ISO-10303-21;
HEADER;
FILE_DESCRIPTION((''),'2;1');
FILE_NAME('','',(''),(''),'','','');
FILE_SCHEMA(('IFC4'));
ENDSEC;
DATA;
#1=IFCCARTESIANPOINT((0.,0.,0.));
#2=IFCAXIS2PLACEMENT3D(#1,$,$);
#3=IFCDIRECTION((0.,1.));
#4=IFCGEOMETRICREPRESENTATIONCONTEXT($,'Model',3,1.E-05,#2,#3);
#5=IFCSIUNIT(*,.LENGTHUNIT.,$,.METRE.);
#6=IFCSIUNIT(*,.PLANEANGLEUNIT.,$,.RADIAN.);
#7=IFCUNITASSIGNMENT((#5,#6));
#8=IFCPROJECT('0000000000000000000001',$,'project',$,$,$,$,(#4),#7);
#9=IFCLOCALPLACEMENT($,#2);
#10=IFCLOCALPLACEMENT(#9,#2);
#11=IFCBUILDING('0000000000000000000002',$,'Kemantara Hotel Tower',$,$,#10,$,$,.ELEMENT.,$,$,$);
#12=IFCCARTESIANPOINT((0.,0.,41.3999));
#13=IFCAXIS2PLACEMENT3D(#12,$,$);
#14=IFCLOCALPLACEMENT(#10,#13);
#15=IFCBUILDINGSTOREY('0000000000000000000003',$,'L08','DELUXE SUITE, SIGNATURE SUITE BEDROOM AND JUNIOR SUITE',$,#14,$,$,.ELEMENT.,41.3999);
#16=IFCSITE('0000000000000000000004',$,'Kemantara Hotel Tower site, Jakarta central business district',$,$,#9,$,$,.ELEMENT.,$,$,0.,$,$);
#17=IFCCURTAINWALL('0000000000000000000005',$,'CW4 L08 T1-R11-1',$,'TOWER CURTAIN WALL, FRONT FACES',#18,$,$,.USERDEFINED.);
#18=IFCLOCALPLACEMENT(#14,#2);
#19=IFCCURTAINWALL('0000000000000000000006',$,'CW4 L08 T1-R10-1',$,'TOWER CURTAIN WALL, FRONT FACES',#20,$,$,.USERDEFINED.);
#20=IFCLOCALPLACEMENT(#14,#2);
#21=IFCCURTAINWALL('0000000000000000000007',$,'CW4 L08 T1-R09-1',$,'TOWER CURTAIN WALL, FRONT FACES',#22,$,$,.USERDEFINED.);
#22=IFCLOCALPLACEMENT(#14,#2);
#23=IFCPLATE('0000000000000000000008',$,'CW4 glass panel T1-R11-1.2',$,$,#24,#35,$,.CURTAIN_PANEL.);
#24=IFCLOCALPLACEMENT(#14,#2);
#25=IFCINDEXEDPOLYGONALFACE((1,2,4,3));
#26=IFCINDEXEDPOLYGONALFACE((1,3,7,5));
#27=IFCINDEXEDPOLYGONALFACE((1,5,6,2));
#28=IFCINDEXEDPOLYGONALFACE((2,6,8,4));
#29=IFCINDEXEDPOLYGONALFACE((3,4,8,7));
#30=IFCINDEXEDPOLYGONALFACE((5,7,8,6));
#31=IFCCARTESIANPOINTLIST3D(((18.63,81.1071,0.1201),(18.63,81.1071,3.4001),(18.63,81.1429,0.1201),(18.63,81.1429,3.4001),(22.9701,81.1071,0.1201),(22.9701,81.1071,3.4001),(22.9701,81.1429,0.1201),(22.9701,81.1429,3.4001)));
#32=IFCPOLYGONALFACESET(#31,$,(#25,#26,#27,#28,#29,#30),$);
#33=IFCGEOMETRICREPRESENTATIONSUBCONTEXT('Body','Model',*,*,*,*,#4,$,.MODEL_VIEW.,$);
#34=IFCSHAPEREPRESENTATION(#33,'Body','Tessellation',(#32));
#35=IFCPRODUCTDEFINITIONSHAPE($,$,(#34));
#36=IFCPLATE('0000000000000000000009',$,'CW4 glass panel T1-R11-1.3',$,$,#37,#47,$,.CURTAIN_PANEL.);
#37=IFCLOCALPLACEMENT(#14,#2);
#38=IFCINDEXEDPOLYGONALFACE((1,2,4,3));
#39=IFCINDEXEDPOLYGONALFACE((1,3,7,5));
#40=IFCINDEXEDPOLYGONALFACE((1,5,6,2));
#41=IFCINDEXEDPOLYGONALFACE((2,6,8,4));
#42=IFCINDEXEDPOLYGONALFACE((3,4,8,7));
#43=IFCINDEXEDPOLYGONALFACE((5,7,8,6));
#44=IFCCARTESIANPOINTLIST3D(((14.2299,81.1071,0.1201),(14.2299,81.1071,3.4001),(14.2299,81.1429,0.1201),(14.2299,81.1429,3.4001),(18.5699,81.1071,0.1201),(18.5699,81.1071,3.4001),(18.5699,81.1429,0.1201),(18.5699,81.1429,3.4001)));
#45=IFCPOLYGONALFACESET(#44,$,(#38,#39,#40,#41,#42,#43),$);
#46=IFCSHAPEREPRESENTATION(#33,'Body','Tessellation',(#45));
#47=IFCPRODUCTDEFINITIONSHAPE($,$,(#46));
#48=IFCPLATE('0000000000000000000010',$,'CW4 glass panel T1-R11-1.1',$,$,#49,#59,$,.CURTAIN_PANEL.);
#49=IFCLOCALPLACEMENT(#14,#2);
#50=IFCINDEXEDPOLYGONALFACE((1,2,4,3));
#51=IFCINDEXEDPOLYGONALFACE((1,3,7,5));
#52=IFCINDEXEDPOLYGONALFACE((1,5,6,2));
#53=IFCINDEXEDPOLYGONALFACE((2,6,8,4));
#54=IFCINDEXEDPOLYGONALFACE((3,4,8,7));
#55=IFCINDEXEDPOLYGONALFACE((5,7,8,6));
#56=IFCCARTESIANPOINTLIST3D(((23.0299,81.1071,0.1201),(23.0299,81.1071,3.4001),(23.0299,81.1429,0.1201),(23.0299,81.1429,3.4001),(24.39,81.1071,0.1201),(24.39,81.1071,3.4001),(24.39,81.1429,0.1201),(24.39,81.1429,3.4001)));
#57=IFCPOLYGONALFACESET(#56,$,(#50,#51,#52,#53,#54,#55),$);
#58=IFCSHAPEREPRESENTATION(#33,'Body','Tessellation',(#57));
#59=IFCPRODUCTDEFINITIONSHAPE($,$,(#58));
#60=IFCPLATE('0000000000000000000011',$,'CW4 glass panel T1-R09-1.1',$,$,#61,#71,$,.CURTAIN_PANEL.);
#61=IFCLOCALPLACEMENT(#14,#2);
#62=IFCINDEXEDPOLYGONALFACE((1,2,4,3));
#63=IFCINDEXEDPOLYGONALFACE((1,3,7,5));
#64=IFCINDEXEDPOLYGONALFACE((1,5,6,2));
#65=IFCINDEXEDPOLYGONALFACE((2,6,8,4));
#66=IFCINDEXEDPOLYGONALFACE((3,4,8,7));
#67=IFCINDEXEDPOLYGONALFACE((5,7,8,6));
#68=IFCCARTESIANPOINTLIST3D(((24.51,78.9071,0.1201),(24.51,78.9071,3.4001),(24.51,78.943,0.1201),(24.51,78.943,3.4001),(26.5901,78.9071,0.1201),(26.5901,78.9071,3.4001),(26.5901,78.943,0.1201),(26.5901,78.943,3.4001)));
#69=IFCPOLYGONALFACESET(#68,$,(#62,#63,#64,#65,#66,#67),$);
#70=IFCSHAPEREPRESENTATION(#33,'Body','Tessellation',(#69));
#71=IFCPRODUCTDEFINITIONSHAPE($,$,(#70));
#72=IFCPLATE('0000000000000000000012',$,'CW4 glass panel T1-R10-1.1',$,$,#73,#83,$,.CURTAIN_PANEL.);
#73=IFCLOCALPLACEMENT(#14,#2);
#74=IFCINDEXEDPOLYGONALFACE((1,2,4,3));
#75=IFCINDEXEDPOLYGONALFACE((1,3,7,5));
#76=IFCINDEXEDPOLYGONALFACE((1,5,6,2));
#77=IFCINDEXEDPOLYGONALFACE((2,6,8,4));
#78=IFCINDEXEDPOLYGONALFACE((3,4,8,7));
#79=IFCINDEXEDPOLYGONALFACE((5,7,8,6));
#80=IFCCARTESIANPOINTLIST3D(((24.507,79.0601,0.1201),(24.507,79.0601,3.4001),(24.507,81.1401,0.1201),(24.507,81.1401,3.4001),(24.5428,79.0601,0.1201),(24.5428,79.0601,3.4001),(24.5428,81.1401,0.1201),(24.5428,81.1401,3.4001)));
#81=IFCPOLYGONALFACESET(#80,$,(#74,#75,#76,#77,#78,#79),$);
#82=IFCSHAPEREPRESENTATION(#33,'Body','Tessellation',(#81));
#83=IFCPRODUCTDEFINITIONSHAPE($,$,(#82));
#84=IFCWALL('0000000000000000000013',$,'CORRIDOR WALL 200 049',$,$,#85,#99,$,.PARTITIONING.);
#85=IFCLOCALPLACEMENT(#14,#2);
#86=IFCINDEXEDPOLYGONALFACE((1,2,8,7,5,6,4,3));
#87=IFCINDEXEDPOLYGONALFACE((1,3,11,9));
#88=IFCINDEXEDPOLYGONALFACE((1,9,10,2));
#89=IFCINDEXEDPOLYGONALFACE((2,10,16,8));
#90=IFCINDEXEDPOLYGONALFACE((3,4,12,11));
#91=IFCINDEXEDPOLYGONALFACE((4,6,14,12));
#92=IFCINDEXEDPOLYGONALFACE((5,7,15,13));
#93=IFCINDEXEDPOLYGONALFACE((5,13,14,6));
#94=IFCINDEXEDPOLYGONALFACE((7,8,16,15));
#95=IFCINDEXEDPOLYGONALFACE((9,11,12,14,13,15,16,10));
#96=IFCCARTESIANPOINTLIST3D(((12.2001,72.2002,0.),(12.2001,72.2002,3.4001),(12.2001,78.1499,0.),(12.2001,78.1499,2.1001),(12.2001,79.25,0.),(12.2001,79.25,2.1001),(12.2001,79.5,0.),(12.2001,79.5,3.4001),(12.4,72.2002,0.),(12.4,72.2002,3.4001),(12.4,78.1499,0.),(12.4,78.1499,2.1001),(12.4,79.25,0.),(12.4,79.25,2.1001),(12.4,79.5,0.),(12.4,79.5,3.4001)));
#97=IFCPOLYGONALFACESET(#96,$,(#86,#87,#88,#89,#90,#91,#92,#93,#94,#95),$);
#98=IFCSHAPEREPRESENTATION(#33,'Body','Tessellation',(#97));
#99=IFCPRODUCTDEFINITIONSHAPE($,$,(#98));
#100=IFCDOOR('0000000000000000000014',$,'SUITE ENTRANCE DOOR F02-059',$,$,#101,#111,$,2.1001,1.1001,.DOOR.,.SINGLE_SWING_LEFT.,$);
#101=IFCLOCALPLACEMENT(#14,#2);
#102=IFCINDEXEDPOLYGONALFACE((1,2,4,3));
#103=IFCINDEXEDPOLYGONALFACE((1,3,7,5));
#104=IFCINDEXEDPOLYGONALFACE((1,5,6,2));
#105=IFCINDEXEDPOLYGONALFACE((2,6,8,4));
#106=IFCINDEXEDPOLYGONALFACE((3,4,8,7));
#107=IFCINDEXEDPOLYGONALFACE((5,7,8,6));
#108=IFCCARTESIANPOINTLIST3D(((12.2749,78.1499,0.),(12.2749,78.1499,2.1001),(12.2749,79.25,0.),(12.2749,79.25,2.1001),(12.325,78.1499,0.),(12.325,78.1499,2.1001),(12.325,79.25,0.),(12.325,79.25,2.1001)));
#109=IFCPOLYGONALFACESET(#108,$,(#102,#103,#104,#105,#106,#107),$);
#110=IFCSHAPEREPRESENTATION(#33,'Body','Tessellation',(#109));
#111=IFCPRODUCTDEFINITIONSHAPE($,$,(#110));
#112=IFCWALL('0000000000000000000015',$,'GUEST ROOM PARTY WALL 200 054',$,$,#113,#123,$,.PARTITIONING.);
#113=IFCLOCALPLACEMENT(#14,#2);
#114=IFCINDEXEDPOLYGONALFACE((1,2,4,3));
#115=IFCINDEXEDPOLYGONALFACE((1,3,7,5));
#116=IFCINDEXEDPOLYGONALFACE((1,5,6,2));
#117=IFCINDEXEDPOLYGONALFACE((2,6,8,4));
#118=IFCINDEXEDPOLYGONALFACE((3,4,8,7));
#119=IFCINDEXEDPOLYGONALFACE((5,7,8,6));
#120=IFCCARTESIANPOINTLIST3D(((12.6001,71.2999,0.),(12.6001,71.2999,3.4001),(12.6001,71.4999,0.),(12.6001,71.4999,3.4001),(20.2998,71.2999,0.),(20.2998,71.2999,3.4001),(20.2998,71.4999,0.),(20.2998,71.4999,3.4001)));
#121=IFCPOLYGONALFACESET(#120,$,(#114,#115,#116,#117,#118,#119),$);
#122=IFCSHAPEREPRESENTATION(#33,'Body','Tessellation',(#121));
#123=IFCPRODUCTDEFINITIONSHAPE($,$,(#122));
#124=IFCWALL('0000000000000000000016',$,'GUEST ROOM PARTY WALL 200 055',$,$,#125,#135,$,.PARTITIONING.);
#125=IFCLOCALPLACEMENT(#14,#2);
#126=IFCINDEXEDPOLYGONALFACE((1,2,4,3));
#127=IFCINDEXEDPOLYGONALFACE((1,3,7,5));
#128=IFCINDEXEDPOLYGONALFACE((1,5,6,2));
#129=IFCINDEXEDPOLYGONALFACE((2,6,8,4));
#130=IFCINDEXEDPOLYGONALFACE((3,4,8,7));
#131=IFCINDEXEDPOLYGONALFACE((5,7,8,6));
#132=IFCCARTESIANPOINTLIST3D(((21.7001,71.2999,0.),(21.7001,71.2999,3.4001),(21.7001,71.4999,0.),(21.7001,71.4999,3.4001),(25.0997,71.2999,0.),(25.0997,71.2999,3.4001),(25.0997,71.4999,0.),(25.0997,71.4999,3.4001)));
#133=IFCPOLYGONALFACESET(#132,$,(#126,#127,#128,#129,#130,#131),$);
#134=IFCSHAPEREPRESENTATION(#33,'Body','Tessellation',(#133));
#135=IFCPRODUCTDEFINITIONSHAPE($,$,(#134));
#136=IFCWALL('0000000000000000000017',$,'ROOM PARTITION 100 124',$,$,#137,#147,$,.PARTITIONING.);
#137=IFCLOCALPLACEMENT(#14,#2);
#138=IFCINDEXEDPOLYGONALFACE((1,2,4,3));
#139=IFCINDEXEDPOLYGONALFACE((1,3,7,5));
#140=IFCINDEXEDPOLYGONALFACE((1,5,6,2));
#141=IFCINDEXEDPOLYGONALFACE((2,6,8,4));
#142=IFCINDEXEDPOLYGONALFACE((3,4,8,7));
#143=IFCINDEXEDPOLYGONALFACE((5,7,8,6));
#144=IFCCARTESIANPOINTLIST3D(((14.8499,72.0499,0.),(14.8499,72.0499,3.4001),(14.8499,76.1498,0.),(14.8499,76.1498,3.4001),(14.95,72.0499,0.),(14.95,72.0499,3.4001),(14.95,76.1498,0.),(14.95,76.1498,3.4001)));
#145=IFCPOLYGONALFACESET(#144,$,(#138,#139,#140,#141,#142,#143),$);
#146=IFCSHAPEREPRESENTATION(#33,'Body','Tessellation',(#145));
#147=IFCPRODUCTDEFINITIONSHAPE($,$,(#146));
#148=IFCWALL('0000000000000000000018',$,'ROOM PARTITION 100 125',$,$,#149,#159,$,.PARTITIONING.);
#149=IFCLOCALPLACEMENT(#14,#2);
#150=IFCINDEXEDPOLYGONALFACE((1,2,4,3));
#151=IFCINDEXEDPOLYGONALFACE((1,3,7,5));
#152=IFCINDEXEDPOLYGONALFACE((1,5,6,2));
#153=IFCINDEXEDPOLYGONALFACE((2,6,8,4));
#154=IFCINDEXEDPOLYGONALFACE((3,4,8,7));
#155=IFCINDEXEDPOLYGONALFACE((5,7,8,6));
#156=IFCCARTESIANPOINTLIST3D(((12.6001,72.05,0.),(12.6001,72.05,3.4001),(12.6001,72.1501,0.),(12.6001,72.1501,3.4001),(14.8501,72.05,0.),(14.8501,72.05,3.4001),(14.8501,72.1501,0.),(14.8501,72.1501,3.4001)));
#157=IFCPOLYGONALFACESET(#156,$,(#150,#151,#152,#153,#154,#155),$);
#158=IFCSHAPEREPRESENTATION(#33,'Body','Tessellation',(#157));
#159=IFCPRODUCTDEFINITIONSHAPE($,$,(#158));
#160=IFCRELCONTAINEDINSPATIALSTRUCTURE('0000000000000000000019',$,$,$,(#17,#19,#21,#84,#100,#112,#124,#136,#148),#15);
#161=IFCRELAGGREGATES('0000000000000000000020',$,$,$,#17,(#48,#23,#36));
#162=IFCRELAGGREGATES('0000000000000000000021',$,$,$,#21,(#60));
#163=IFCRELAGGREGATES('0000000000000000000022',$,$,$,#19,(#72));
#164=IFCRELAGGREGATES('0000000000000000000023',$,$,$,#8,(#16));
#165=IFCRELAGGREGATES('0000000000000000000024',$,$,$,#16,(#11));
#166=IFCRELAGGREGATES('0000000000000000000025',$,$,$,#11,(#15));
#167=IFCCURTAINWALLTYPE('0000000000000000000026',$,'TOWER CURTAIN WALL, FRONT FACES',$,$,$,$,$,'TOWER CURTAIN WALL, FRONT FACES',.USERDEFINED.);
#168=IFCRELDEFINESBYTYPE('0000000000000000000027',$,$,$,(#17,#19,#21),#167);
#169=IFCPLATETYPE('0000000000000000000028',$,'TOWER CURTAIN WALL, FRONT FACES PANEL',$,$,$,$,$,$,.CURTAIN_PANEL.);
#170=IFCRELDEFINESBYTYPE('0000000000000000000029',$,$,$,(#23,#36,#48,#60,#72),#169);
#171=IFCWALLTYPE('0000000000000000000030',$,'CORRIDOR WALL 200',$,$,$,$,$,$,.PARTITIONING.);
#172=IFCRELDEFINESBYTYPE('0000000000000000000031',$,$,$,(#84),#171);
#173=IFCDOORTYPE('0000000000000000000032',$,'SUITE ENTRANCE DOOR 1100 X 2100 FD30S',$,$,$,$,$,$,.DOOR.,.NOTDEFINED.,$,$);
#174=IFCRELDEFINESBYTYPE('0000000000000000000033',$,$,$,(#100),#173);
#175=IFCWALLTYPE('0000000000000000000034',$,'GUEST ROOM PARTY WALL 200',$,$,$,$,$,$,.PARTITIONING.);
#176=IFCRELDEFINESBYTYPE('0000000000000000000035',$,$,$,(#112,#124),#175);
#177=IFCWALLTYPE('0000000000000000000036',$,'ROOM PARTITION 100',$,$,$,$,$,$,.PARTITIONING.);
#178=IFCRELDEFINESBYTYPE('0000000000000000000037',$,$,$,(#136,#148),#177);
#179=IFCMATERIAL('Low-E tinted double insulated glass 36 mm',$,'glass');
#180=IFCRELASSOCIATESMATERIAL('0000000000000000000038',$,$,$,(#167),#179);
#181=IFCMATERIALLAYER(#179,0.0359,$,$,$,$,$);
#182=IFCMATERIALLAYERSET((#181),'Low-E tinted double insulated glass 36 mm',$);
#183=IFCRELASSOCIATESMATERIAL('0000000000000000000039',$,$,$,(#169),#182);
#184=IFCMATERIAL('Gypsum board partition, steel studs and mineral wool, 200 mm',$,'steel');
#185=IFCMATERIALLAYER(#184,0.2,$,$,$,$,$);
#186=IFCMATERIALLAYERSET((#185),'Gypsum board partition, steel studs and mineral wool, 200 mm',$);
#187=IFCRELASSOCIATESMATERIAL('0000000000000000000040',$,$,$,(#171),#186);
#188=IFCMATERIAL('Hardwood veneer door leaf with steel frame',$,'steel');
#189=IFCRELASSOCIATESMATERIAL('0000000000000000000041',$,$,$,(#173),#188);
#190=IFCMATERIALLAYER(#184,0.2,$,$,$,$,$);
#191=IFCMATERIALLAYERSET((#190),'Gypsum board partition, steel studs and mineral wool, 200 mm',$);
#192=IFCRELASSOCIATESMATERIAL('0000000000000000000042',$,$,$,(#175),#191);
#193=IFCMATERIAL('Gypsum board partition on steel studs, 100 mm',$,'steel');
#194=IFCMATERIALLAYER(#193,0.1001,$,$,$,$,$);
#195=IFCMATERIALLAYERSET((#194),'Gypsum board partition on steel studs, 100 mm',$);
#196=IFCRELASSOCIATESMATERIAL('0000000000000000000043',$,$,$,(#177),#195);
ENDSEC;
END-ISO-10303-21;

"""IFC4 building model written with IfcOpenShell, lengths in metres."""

from ifc_helpers import new_model, si_unit, direction, frame, frame_2d, origin, origin_2d, place, context, subcontext, project, spatial, rectangle, extrude, source, transform, mapped, material, layer, layer_set, type_object, element, fill, aggregate, save


model = new_model("IFC4")

# Units and contexts
model_context = context("Model", 3, precision=1e-05, world=origin(), true_north=direction((0.0, 1.0)))
body_context = subcontext(model_context, "Body", "Model", "MODEL_VIEW")
ifc_project = project(units=[si_unit("LENGTHUNIT", "METRE"), si_unit("PLANEANGLEUNIT", "RADIAN")], contexts=[model_context])

# Site, building, storey
site_placement = place(None, origin())
site = spatial("IfcSite", under=ifc_project, at=site_placement, Name="Kemantara Hotel Tower site, Jakarta central business district", CompositionType="ELEMENT", RefElevation=0.0)
building_placement = place(site_placement, origin())
building = spatial("IfcBuilding", under=site, at=building_placement, Name="Kemantara Hotel Tower", CompositionType="ELEMENT")
storey_placement = place(building_placement, frame((0.0, 0.0, 41.3999)))
storey = spatial("IfcBuildingStorey", under=building, at=storey_placement, Name="L08", Description="DELUXE SUITE, SIGNATURE SUITE BEDROOM AND JUNIOR SUITE", CompositionType="ELEMENT", Elevation=41.3999)

# Curtain walls
ifc_material_1 = material(Name="Low-E tinted double insulated glass 36 mm", Category="glass")
curtain_wall_type = type_object("IfcCurtainWallType", Name="TOWER CURTAIN WALL, FRONT FACES", ElementType="TOWER CURTAIN WALL, FRONT FACES", PredefinedType="USERDEFINED", material=ifc_material_1)
curtain_wall_1_placement = place(storey_placement, origin())
curtain_wall_1 = element("IfcCurtainWall", 1, at=curtain_wall_1_placement, inside=storey, type_object=curtain_wall_type, Name="CW4 L08 T1-R11-1", ObjectType="TOWER CURTAIN WALL, FRONT FACES", PredefinedType="USERDEFINED")
curtain_wall_2_placement = place(storey_placement, origin())
curtain_wall_2 = element("IfcCurtainWall", 2, at=curtain_wall_2_placement, inside=storey, type_object=curtain_wall_type, Name="CW4 L08 T1-R10-1", ObjectType="TOWER CURTAIN WALL, FRONT FACES", PredefinedType="USERDEFINED")

# Curtain wall
curtain_wall_3_placement = place(storey_placement, origin())
curtain_wall_3 = element("IfcCurtainWall", 3, at=curtain_wall_3_placement, inside=storey, type_object=curtain_wall_type, Name="CW4 L08 T1-R09-1", ObjectType="TOWER CURTAIN WALL, FRONT FACES", PredefinedType="USERDEFINED")

# Plates
ifc_layer_1 = layer(ifc_material_1, 0.0359)
ifc_layer_set_1 = layer_set([ifc_layer_1], Name="Low-E tinted double insulated glass 36 mm")
plate_type = type_object("IfcPlateType", Name="TOWER CURTAIN WALL, FRONT FACES PANEL", PredefinedType="CURTAIN_PANEL", material=ifc_layer_set_1)
shared_shape_1 = source(origin(), body_context, "Body", "SweptSolid", [
    extrude(rectangle(XDim=4.3401, YDim=0.0359, at=origin_2d()), origin(), (0.0, 0.0, 1.0), 3.28),
])
plate_1_placement = place(storey_placement, frame((20.8, 81.125, 0.1201), z_axis=(0.0, 0.0, 1.0), x_axis=(-1.0, 0.0, 0.0)))
plate_1 = element("IfcPlate", 4, at=plate_1_placement, type_object=plate_type, Name="CW4 glass panel T1-R11-1.2", PredefinedType="CURTAIN_PANEL", context=body_context, shape_type="MappedRepresentation", body=[
    mapped(shared_shape_1, transform((0.0, 0.0, 0.0))),
])
plate_2_placement = place(storey_placement, frame((16.3999, 81.125, 0.1201), z_axis=(0.0, 0.0, 1.0), x_axis=(-1.0, 0.0, 0.0)))
plate_2 = element("IfcPlate", 5, at=plate_2_placement, type_object=plate_type, Name="CW4 glass panel T1-R11-1.3", PredefinedType="CURTAIN_PANEL", context=body_context, shape_type="MappedRepresentation", body=[
    mapped(shared_shape_1, transform((0.0, 0.0, 0.0))),
])
shared_shape_2 = source(origin(), body_context, "Body", "SweptSolid", [
    extrude(rectangle(XDim=1.3601, YDim=0.0359, at=origin_2d()), origin(), (0.0, 0.0, 1.0), 3.28),
])
plate_3_placement = place(storey_placement, frame((23.71, 81.125, 0.1201), z_axis=(0.0, 0.0, 1.0), x_axis=(-1.0, 0.0, 0.0)))
plate_3 = element("IfcPlate", 6, at=plate_3_placement, type_object=plate_type, Name="CW4 glass panel T1-R11-1.1", PredefinedType="CURTAIN_PANEL", context=body_context, shape_type="MappedRepresentation", body=[
    mapped(shared_shape_2, transform((0.0, 0.0, 0.0))),
])
aggregate(curtain_wall_1, [plate_3, plate_1, plate_2])
shared_shape_3 = source(origin(), body_context, "Body", "SweptSolid", [
    extrude(rectangle(XDim=2.0801, YDim=0.0359, at=origin_2d()), origin(), (0.0, 0.0, 1.0), 3.28),
])
plate_4_placement = place(storey_placement, frame((25.55, 78.925, 0.1201), z_axis=(0.0, 0.0, 1.0), x_axis=(-1.0, 0.0, 0.0)))
plate_4 = element("IfcPlate", 7, at=plate_4_placement, type_object=plate_type, Name="CW4 glass panel T1-R09-1.1", PredefinedType="CURTAIN_PANEL", context=body_context, shape_type="MappedRepresentation", body=[
    mapped(shared_shape_3, transform((0.0, 0.0, 0.0))),
])
aggregate(curtain_wall_3, [plate_4])
plate_5_placement = place(storey_placement, frame((24.5249, 80.1001, 0.1201), z_axis=(0.0, 0.0, 1.0), x_axis=(0.0, 1.0, 0.0)))
plate_5 = element("IfcPlate", 8, at=plate_5_placement, type_object=plate_type, Name="CW4 glass panel T1-R10-1.1", PredefinedType="CURTAIN_PANEL", context=body_context, shape_type="MappedRepresentation", body=[
    mapped(shared_shape_3, transform((0.0, 0.0, 0.0))),
])
aggregate(curtain_wall_2, [plate_5])

# Wall, opening, door
ifc_material_2 = material(Name="Gypsum board partition, steel studs and mineral wool, 200 mm", Category="steel")
ifc_layer_2 = layer(ifc_material_2, 0.2)
ifc_layer_set_2 = layer_set([ifc_layer_2], Name="Gypsum board partition, steel studs and mineral wool, 200 mm")
wall_type_1 = type_object("IfcWallType", Name="CORRIDOR WALL 200", PredefinedType="PARTITIONING", material=ifc_layer_set_2)
wall_1_placement = place(storey_placement, frame((12.3, 79.5, 0.0), z_axis=(0.0, 0.0, 1.0), x_axis=(0.0, -1.0, 0.0)))
wall_1 = element("IfcWall", 9, at=wall_1_placement, inside=storey, type_object=wall_type_1, Name="CORRIDOR WALL 200 049", PredefinedType="PARTITIONING", context=body_context, shape_type="SweptSolid", body=[
    extrude(rectangle(XDim=7.2998, YDim=0.2, at=frame_2d((3.6499, 0.0))), origin(), (0.0, 0.0, 1.0), 3.4001),
])
opening_1_placement = place(wall_1_placement, frame((0.25, 0.0, 0.0)))
opening_1 = element("IfcOpeningElement", 10, at=opening_1_placement, cuts=wall_1, PredefinedType="OPENING", context=body_context, shape_type="SweptSolid", body=[
    extrude(rectangle(XDim=1.1001, YDim=2.1001, at=frame_2d((0.55, 1.05))), frame((0.0, 0.1099, 0.0), z_axis=(0.0, -1.0, 0.0), x_axis=(1.0, 0.0, 0.0)), (0.0, 0.0, 1.0), 0.22),
])
ifc_material_3 = material(Name="Hardwood veneer door leaf with steel frame", Category="steel")
door_type_1 = type_object("IfcDoorType", Name="SUITE ENTRANCE DOOR 1100 X 2100 FD30S", OperationType="NOTDEFINED", PredefinedType="DOOR", material=ifc_material_3)
door_1_placement = place(opening_1_placement, origin())
door_1 = element("IfcDoor", 11, at=door_1_placement, inside=storey, type_object=door_type_1, Name="SUITE ENTRANCE DOOR F02-059", OperationType="SINGLE_SWING_LEFT", OverallHeight=2.1001, OverallWidth=1.1001, PredefinedType="DOOR", context=body_context, shape_type="SweptSolid", body=[
    extrude(rectangle(XDim=1.1001, YDim=2.1001, at=frame_2d((0.55, 1.05))), frame((0.0, 0.0249, 0.0), z_axis=(0.0, -1.0, 0.0), x_axis=(1.0, 0.0, 0.0)), (0.0, 0.0, 1.0), 0.05),
])
fill(opening_1, door_1)

# Walls
ifc_layer_3 = layer(ifc_material_2, 0.2)
ifc_layer_set_3 = layer_set([ifc_layer_3], Name="Gypsum board partition, steel studs and mineral wool, 200 mm")
wall_type_2 = type_object("IfcWallType", Name="GUEST ROOM PARTY WALL 200", PredefinedType="PARTITIONING", material=ifc_layer_set_3)
wall_2_placement = place(storey_placement, frame((12.6001, 71.3999, 0.0), z_axis=(0.0, 0.0, 1.0), x_axis=(1.0, 0.0, 0.0)))
element("IfcWall", 12, at=wall_2_placement, inside=storey, type_object=wall_type_2, Name="GUEST ROOM PARTY WALL 200 054", PredefinedType="PARTITIONING", context=body_context, shape_type="SweptSolid", body=[
    extrude(rectangle(XDim=7.6997, YDim=0.2, at=frame_2d((3.8499, 0.0))), origin(), (0.0, 0.0, 1.0), 3.4001),
])
wall_3_placement = place(storey_placement, frame((21.7002, 71.3999, 0.0), z_axis=(0.0, 0.0, 1.0), x_axis=(1.0, 0.0, 0.0)))
element("IfcWall", 13, at=wall_3_placement, inside=storey, type_object=wall_type_2, Name="GUEST ROOM PARTY WALL 200 055", PredefinedType="PARTITIONING", context=body_context, shape_type="SweptSolid", body=[
    extrude(rectangle(XDim=3.3997, YDim=0.2, at=frame_2d((1.6997, 0.0))), origin(), (0.0, 0.0, 1.0), 3.4001),
])
ifc_material_4 = material(Name="Gypsum board partition on steel studs, 100 mm", Category="steel")
ifc_layer_4 = layer(ifc_material_4, 0.1001)
ifc_layer_set_4 = layer_set([ifc_layer_4], Name="Gypsum board partition on steel studs, 100 mm")
wall_type_3 = type_object("IfcWallType", Name="ROOM PARTITION 100", PredefinedType="PARTITIONING", material=ifc_layer_set_4)
wall_4_placement = place(storey_placement, frame((14.8999, 72.05, 0.0), z_axis=(0.0, 0.0, 1.0), x_axis=(0.0, 1.0, 0.0)))
element("IfcWall", 14, at=wall_4_placement, inside=storey, type_object=wall_type_3, Name="ROOM PARTITION 100 124", PredefinedType="PARTITIONING", context=body_context, shape_type="SweptSolid", body=[
    extrude(rectangle(XDim=4.0999, YDim=0.1001, at=frame_2d((2.0498, 0.0))), origin(), (0.0, 0.0, 1.0), 3.4001),
])
wall_5_placement = place(storey_placement, frame((12.6001, 72.1001, 0.0), z_axis=(0.0, 0.0, 1.0), x_axis=(1.0, 0.0, 0.0)))
element("IfcWall", 15, at=wall_5_placement, inside=storey, type_object=wall_type_3, Name="ROOM PARTITION 100 125", PredefinedType="PARTITIONING", context=body_context, shape_type="SweptSolid", body=[
    extrude(rectangle(XDim=2.25, YDim=0.1001, at=frame_2d((1.125, 0.0))), origin(), (0.0, 0.0, 1.0), 3.4001),
])

save(model, "model.ifc")
